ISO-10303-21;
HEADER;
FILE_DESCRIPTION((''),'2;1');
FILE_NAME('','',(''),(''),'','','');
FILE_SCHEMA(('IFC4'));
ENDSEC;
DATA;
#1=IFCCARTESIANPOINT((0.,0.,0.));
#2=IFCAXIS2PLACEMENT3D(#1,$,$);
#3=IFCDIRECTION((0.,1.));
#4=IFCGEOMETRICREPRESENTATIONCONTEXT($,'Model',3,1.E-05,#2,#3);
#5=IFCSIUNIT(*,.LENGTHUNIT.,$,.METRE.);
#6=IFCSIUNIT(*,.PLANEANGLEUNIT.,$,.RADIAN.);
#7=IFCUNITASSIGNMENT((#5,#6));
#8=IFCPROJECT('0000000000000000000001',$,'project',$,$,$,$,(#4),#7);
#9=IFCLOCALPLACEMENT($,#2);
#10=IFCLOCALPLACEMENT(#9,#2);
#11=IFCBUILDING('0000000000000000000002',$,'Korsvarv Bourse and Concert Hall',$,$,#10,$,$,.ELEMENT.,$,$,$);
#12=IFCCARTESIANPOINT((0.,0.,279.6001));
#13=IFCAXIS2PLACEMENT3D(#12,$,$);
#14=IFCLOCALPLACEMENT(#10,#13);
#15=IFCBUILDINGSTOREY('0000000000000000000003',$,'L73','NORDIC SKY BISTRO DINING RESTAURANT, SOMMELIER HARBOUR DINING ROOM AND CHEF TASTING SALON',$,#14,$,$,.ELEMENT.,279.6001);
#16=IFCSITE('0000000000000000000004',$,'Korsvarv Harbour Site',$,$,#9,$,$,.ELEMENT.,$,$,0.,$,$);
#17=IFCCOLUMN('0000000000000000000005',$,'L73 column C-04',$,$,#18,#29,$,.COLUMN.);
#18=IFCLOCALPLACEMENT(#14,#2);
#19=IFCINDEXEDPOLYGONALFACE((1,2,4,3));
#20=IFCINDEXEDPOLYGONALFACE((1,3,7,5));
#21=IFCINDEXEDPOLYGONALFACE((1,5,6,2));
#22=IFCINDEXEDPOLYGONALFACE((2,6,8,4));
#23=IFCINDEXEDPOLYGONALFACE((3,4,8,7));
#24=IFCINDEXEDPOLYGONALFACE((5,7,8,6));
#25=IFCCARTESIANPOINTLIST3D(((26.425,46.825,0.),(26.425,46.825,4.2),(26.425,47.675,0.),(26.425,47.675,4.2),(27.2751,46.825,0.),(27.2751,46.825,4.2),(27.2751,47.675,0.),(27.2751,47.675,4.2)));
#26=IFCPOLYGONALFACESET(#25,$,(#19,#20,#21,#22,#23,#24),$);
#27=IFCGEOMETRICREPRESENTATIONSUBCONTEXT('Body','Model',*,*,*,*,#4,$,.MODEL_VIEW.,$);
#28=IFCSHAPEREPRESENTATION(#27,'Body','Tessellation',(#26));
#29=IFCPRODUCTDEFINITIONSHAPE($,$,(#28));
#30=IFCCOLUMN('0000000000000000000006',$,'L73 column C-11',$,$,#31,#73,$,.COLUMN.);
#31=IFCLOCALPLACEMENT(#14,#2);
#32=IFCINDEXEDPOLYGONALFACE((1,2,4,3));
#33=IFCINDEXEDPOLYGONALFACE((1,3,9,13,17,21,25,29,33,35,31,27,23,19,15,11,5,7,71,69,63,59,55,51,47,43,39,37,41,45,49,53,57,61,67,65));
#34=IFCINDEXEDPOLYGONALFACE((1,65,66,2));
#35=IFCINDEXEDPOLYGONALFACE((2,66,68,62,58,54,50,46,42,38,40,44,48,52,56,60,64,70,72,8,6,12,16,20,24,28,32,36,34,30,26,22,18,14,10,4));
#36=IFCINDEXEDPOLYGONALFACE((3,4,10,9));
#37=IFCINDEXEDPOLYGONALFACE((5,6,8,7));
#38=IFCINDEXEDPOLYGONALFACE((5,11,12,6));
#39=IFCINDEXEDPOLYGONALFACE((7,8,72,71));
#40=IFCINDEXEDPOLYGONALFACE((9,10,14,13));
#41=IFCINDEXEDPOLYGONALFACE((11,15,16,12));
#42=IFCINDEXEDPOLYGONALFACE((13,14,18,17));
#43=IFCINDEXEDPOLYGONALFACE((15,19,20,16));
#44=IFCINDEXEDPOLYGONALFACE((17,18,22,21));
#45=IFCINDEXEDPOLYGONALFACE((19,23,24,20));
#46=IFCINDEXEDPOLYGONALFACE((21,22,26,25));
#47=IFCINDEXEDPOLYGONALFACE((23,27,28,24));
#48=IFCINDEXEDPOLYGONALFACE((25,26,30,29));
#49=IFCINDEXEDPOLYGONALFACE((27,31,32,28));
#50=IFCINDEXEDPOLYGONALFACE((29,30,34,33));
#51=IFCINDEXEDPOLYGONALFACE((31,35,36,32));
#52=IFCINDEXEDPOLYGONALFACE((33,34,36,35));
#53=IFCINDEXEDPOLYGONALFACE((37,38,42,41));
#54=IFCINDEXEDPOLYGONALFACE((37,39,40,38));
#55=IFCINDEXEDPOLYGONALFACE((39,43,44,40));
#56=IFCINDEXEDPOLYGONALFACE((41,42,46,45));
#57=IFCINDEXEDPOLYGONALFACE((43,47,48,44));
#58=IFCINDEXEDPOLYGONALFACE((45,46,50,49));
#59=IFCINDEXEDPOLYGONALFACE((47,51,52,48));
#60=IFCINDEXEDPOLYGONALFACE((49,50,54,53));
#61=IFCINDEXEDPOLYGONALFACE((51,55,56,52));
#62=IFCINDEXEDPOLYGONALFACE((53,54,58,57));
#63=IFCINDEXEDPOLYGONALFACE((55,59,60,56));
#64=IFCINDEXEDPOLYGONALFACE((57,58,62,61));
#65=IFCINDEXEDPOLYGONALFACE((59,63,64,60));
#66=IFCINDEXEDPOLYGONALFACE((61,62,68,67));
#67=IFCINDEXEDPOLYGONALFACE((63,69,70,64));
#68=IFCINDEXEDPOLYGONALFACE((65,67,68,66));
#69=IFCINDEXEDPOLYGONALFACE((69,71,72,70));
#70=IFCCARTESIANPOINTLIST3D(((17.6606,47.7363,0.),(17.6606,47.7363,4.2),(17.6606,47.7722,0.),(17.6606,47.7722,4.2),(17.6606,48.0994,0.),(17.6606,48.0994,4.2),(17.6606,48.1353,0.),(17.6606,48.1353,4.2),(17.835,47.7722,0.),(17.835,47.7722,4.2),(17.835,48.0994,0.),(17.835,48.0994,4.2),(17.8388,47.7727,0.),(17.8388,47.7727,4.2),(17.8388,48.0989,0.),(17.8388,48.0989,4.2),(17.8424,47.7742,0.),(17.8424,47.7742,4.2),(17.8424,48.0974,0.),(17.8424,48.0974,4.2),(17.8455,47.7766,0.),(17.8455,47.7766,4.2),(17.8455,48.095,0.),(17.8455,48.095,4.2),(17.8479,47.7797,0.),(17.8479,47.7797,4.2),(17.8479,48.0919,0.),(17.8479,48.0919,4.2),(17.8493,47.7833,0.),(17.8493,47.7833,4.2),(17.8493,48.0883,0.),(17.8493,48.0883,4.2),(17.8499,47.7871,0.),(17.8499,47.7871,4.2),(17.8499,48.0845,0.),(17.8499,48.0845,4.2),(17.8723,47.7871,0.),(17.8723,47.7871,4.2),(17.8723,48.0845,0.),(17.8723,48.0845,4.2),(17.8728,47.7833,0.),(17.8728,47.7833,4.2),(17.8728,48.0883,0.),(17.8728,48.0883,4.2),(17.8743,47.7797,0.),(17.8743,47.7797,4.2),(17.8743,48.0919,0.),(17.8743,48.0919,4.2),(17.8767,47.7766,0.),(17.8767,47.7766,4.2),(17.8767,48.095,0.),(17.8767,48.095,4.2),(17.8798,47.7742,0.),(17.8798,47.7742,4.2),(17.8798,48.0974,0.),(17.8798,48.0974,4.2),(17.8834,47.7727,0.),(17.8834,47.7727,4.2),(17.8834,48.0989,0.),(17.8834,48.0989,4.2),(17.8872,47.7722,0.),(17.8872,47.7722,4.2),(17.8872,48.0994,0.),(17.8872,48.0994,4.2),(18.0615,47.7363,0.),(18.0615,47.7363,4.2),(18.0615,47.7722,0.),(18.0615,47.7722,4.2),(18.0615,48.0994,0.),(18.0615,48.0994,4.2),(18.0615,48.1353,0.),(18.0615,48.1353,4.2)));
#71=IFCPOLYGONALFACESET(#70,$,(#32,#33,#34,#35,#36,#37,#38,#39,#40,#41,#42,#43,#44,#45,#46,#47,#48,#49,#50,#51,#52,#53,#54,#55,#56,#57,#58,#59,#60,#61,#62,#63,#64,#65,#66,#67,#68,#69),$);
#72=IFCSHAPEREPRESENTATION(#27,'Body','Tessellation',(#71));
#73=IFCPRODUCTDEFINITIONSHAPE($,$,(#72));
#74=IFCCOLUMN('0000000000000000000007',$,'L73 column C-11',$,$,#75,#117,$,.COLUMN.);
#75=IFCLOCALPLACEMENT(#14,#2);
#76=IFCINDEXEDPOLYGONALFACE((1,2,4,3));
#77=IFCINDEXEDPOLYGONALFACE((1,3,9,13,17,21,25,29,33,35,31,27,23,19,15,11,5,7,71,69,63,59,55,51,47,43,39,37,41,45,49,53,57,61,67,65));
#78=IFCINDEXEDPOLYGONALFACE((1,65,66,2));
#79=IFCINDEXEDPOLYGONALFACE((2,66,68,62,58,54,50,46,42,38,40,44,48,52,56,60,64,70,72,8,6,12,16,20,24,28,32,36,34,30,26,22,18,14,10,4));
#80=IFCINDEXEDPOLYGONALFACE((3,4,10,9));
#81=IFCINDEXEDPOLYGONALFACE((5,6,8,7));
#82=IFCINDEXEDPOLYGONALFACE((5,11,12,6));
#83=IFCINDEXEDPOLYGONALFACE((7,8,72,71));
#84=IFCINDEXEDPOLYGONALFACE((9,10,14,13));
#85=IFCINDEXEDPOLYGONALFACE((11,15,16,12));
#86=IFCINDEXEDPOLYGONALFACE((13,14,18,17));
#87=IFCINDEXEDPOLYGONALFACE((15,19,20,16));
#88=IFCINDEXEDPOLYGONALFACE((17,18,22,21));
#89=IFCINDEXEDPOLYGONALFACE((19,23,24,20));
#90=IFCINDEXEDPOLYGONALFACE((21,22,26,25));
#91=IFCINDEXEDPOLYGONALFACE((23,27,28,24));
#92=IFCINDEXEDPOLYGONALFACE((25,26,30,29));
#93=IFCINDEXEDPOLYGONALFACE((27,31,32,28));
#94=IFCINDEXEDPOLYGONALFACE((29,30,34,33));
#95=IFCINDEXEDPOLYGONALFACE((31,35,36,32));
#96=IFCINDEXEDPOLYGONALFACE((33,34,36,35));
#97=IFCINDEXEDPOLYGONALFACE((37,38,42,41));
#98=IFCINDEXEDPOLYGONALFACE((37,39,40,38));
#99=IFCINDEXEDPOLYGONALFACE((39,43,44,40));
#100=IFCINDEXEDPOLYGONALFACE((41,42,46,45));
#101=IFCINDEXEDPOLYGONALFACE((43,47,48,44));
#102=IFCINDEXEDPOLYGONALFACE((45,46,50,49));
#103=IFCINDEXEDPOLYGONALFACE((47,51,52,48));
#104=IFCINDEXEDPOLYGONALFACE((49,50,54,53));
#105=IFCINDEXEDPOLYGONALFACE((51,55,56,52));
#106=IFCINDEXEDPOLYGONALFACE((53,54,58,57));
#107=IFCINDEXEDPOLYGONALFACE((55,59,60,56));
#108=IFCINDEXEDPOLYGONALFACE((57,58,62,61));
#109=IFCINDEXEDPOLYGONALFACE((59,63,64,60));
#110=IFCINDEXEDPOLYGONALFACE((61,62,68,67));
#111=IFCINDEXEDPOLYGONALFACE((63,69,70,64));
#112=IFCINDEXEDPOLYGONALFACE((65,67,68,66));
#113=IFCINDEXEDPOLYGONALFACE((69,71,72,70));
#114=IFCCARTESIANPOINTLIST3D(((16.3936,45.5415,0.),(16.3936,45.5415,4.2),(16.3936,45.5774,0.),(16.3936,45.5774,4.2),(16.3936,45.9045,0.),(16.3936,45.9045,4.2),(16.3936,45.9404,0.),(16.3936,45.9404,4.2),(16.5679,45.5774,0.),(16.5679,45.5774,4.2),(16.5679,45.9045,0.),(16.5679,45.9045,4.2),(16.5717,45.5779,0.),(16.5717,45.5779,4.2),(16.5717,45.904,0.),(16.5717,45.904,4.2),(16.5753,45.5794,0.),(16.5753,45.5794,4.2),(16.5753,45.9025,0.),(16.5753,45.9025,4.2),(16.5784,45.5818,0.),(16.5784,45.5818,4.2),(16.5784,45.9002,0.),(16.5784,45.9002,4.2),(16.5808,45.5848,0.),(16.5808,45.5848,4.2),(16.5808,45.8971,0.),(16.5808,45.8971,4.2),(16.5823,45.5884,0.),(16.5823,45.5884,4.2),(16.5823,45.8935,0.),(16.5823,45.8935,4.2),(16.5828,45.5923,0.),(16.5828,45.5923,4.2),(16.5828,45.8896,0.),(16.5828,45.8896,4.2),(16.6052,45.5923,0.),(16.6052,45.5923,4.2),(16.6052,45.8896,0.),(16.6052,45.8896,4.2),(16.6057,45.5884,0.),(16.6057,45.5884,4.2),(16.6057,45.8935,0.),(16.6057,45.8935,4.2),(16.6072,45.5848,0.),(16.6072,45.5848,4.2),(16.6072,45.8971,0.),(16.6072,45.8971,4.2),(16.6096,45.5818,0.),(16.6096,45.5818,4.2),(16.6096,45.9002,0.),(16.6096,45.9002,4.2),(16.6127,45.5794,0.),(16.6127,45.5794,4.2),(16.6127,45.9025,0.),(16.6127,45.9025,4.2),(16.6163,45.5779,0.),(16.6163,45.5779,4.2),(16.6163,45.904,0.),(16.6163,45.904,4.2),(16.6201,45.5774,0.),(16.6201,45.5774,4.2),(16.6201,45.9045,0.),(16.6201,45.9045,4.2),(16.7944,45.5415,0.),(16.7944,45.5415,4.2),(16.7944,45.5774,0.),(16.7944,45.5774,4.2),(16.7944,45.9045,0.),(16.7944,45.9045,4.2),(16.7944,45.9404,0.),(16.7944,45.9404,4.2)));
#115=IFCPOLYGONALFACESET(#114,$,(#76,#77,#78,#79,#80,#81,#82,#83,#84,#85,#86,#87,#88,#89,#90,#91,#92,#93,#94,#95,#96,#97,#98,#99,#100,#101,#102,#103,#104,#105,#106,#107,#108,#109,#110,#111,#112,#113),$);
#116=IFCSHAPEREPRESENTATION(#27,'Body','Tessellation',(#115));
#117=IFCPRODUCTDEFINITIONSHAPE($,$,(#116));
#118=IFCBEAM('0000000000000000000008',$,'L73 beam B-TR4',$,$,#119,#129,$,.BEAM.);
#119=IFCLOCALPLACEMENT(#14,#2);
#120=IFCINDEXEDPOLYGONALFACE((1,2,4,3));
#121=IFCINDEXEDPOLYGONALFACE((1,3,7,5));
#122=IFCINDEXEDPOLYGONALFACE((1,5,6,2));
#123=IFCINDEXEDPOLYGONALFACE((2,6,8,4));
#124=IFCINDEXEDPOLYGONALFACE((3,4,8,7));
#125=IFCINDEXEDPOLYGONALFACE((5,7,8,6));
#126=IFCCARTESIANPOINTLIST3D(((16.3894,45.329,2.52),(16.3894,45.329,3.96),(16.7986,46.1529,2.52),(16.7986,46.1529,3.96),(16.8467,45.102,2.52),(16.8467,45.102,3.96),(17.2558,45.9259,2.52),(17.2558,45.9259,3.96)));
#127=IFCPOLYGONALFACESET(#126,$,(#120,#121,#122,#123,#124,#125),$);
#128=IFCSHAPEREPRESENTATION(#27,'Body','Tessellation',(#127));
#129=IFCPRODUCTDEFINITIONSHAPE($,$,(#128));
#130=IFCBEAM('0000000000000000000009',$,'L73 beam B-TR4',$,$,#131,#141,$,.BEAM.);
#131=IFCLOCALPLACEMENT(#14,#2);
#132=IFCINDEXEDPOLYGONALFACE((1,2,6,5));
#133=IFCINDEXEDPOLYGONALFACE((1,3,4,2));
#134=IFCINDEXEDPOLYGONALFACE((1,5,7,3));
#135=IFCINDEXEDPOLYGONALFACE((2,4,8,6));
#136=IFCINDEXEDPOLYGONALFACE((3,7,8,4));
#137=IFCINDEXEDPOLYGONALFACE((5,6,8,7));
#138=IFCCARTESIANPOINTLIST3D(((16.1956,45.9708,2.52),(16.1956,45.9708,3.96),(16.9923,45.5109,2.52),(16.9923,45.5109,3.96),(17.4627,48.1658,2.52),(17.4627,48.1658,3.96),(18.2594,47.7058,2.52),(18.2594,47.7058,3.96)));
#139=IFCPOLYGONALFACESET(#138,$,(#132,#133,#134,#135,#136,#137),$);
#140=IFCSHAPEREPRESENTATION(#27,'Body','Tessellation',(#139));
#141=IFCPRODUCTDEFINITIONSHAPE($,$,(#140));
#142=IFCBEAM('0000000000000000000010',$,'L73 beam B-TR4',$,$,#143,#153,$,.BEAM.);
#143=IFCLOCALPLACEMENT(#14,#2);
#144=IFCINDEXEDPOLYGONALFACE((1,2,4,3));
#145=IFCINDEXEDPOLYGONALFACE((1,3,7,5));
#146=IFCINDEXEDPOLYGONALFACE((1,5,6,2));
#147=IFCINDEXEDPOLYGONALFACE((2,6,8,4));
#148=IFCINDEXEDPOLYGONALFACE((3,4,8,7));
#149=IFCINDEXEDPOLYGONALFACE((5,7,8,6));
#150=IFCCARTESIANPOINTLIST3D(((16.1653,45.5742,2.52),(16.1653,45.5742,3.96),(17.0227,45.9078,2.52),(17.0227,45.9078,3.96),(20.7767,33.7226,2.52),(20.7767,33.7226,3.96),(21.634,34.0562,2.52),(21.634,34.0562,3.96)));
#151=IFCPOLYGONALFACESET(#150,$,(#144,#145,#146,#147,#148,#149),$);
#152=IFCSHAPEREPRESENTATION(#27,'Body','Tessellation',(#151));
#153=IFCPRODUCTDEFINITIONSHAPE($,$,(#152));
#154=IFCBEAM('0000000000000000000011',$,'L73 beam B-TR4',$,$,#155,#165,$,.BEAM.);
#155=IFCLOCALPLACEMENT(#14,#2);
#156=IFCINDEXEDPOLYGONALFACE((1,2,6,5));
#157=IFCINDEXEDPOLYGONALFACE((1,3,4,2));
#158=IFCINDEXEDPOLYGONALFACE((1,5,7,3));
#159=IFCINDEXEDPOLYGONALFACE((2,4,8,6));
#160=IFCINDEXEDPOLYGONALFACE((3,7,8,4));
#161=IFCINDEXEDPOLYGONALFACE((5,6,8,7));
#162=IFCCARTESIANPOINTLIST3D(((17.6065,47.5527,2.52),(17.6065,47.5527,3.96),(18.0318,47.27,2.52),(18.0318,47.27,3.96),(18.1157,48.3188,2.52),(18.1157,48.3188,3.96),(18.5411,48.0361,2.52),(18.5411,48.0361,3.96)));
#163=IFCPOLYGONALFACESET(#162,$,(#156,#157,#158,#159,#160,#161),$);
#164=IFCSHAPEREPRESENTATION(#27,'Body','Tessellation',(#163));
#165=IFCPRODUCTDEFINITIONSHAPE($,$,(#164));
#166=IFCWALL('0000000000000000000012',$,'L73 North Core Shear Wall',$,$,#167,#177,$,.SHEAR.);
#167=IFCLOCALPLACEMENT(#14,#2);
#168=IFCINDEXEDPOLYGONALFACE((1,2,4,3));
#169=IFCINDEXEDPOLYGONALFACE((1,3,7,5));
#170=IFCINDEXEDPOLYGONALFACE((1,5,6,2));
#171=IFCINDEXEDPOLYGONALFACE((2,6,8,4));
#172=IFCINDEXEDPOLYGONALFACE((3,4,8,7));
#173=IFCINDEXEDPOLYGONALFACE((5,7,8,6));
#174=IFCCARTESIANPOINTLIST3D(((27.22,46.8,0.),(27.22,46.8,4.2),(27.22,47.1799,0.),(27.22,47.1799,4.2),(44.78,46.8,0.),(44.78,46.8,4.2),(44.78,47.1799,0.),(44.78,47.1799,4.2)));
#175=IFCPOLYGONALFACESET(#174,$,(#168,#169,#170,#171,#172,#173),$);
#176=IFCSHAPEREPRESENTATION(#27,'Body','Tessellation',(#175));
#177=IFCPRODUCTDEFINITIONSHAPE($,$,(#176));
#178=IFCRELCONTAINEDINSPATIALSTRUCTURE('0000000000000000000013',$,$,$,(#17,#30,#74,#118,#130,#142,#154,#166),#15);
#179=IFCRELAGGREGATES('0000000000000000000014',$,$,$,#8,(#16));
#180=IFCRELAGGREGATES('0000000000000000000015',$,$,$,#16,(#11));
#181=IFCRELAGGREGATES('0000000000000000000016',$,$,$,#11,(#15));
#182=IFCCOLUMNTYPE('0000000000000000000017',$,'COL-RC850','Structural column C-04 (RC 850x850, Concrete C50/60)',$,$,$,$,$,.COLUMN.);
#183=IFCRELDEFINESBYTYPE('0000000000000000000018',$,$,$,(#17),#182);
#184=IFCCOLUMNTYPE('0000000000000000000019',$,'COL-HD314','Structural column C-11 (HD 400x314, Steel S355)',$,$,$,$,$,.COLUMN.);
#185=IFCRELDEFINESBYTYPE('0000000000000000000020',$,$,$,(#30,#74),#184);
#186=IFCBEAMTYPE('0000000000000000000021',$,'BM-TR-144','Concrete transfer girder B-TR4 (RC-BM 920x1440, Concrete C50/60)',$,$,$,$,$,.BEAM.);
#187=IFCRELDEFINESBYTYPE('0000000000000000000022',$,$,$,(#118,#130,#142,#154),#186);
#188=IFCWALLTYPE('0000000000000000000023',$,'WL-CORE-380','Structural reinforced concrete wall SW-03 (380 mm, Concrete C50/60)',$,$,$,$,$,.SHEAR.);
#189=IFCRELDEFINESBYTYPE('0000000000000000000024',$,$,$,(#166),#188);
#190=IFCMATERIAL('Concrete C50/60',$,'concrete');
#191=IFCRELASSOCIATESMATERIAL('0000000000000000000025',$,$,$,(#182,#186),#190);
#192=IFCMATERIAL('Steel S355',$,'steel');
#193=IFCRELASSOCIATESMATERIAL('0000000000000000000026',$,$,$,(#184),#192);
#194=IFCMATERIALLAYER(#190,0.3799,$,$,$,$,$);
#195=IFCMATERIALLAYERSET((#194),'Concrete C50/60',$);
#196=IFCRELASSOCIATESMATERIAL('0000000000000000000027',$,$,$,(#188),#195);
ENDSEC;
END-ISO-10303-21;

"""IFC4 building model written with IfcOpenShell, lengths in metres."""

from ifc_helpers import new_model, si_unit, direction, frame, frame_2d, origin, origin_2d, place, context, subcontext, project, spatial, rectangle, i_section, extrude, source, transform, mapped, material, layer, layer_set, material_profile, profile_set, type_object, element, save


model = new_model("IFC4")

# Units and contexts
model_context = context("Model", 3, precision=1e-05, world=origin(), true_north=direction((0.0, 1.0)))
body_context = subcontext(model_context, "Body", "Model", "MODEL_VIEW")
ifc_project = project(units=[si_unit("LENGTHUNIT", "METRE"), si_unit("PLANEANGLEUNIT", "RADIAN")], contexts=[model_context])

# Site, building, storey
site_placement = place(None, origin())
site = spatial("IfcSite", under=ifc_project, at=site_placement, Name="Korsvarv Harbour Site", CompositionType="ELEMENT", RefElevation=0.0)
building_placement = place(site_placement, origin())
building = spatial("IfcBuilding", under=site, at=building_placement, Name="Korsvarv Bourse and Concert Hall", CompositionType="ELEMENT")
storey_placement = place(building_placement, frame((0.0, 0.0, 279.6001)))
storey = spatial("IfcBuildingStorey", under=building, at=storey_placement, Name="L73", Description="NORDIC SKY BISTRO DINING RESTAURANT, SOMMELIER HARBOUR DINING ROOM AND CHEF TASTING SALON", CompositionType="ELEMENT", Elevation=279.6001)

# Columns
ifc_material_1 = material(Name="Concrete C50/60", Category="concrete")
ifc_material_profile_1 = material_profile(ifc_material_1, rectangle(XDim=0.8501, YDim=0.8501, at=origin_2d()), Name="RC 850x850")
ifc_profile_set_1 = profile_set([ifc_material_profile_1], Name="Concrete C50/60")
column_type_1 = type_object("IfcColumnType", Name="COL-RC850", Description="Structural column C-04 (RC 850x850, Concrete C50/60)", PredefinedType="COLUMN", material=ifc_profile_set_1)
shared_shape_1 = source(origin(), body_context, "Body", "SweptSolid", [
    extrude(rectangle(XDim=0.8501, YDim=0.8501, at=origin_2d()), origin(), (0.0, 0.0, 1.0), 4.2),
])
column_placement = place(storey_placement, frame((26.8501, 47.25, 0.0), z_axis=(0.0, 0.0, 1.0), x_axis=(1.0, 0.0, 0.0)))
element("IfcColumn", 1, at=column_placement, inside=storey, type_object=column_type_1, Name="L73 column C-04", PredefinedType="COLUMN", context=body_context, shape_type="MappedRepresentation", body=[
    mapped(shared_shape_1, transform((0.0, 0.0, 0.0), scale=1.0)),
])
ifc_material_2 = material(Name="Steel S355", Category="steel")
ifc_material_profile_2 = material_profile(ifc_material_2, i_section(OverallWidth=0.4009, OverallDepth=0.3989, WebThickness=0.0225, FlangeThickness=0.0359, FilletRadius=0.0149, at=origin_2d()), Name="HD 400x314")
ifc_profile_set_2 = profile_set([ifc_material_profile_2], Name="Steel S355")
column_type_2 = type_object("IfcColumnType", Name="COL-HD314", Description="Structural column C-11 (HD 400x314, Steel S355)", PredefinedType="COLUMN", material=ifc_profile_set_2)
shared_shape_2 = source(origin(), body_context, "Body", "SweptSolid", [
    extrude(i_section(OverallWidth=0.4009, OverallDepth=0.3989, WebThickness=0.0225, FlangeThickness=0.0359, FilletRadius=0.0149, at=origin_2d()), origin(), (0.0, 0.0, 1.0), 4.2),
])
for number, where, z_axis, x_axis, name in (
    (2, (17.8611, 47.9358, 0.0), (0.0, 0.0, 1.0), (1.0, 0.0, 0.0), "L73 column C-11"),
    (3, (16.594, 45.741, 0.0), (0.0, 0.0, 1.0), (1.0, 0.0, 0.0), "L73 column C-11"),
):
    element("IfcColumn", number, at=place(storey_placement, frame(where, z_axis=z_axis, x_axis=x_axis)), inside=storey, type_object=column_type_2, Name=name, PredefinedType="COLUMN", context=body_context, shape_type="MappedRepresentation", body=[
        mapped(shared_shape_2, transform((0.0, 0.0, 0.0), scale=1.0)),
    ])

# Beams
ifc_material_profile_3 = material_profile(ifc_material_1, rectangle(XDim=0.9199, YDim=1.4399, at=origin_2d()), Name="RC-BM 920x1440")
ifc_profile_set_3 = profile_set([ifc_material_profile_3], Name="Concrete C50/60")
beam_type = type_object("IfcBeamType", Name="BM-TR-144", Description="Concrete transfer girder B-TR4 (RC-BM 920x1440, Concrete C50/60)", PredefinedType="BEAM", material=ifc_profile_set_3)
shared_shape_3 = source(origin(), body_context, "Body", "SweptSolid", [
    extrude(rectangle(XDim=0.9199, YDim=1.4399, at=origin_2d()), origin(), (0.0, 0.0, 1.0), 0.5105),
])
beam_1_placement = place(storey_placement, frame((16.594, 45.741, 3.24), z_axis=(0.895667, -0.444725, 0.0), x_axis=(0.444725, 0.895667, 0.0)))
element("IfcBeam", 4, at=beam_1_placement, inside=storey, type_object=beam_type, Name="L73 beam B-TR4", PredefinedType="BEAM", context=body_context, shape_type="MappedRepresentation", body=[
    mapped(shared_shape_3, transform((0.0, 0.0, 0.0), scale=1.0)),
])
shared_shape_4 = source(origin(), body_context, "Body", "SweptSolid", [
    extrude(rectangle(XDim=0.9199, YDim=1.4399, at=origin_2d()), origin(), (0.0, 0.0, 1.0), 2.5344),
])
beam_2_placement = place(storey_placement, frame((17.8611, 47.9358, 3.24), z_axis=(-0.499973, -0.866041, 0.0), x_axis=(0.866041, -0.499973, 0.0)))
element("IfcBeam", 5, at=beam_2_placement, inside=storey, type_object=beam_type, Name="L73 beam B-TR4", PredefinedType="BEAM", context=body_context, shape_type="MappedRepresentation", body=[
    mapped(shared_shape_4, transform((0.0, 0.0, 0.0), scale=1.0)),
])
shared_shape_5 = source(origin(), body_context, "Body", "SweptSolid", [
    extrude(rectangle(XDim=0.9199, YDim=1.4399, at=origin_2d()), origin(), (0.0, 0.0, 1.0), 12.717),
])
beam_3_placement = place(storey_placement, frame((16.594, 45.741, 3.24), z_axis=(0.362609, -0.931941, 0.0), x_axis=(0.931941, 0.362609, 0.0)))
element("IfcBeam", 6, at=beam_3_placement, inside=storey, type_object=beam_type, Name="L73 beam B-TR4", PredefinedType="BEAM", context=body_context, shape_type="MappedRepresentation", body=[
    mapped(shared_shape_5, transform((0.0, 0.0, 0.0), scale=1.0)),
])
shared_shape_6 = source(origin(), body_context, "Body", "SweptSolid", [
    extrude(rectangle(XDim=0.9199, YDim=1.4399, at=origin_2d()), origin(), (0.0, 0.0, 1.0), 0.5107),
])
beam_4_placement = place(storey_placement, frame((17.8611, 47.9358, 3.24), z_axis=(0.832785, -0.553596, 0.0), x_axis=(0.553596, 0.832785, 0.0)))
element("IfcBeam", 7, at=beam_4_placement, inside=storey, type_object=beam_type, Name="L73 beam B-TR4", PredefinedType="BEAM", context=body_context, shape_type="MappedRepresentation", body=[
    mapped(shared_shape_6, transform((0.0, 0.0, 0.0), scale=1.0)),
])

# Wall
ifc_layer_1 = layer(ifc_material_1, 0.3799)
ifc_layer_set_1 = layer_set([ifc_layer_1], Name="Concrete C50/60")
wall_type_1 = type_object("IfcWallType", Name="WL-CORE-380", Description="Structural reinforced concrete wall SW-03 (380 mm, Concrete C50/60)", PredefinedType="SHEAR", material=ifc_layer_set_1)
wall_1_placement = place(storey_placement, frame((27.22, 46.99, 0.0), z_axis=(0.0, 0.0, 1.0), x_axis=(1.0, 0.0, 0.0)))
element("IfcWall", 8, at=wall_1_placement, inside=storey, type_object=wall_type_1, Name="L73 North Core Shear Wall", PredefinedType="SHEAR", context=body_context, shape_type="SweptSolid", body=[
    extrude(rectangle(XDim=17.5601, YDim=0.3799, at=frame_2d((8.78, 0.0))), origin(), (0.0, 0.0, 1.0), 4.2),
])

save(model, "model.ifc")
